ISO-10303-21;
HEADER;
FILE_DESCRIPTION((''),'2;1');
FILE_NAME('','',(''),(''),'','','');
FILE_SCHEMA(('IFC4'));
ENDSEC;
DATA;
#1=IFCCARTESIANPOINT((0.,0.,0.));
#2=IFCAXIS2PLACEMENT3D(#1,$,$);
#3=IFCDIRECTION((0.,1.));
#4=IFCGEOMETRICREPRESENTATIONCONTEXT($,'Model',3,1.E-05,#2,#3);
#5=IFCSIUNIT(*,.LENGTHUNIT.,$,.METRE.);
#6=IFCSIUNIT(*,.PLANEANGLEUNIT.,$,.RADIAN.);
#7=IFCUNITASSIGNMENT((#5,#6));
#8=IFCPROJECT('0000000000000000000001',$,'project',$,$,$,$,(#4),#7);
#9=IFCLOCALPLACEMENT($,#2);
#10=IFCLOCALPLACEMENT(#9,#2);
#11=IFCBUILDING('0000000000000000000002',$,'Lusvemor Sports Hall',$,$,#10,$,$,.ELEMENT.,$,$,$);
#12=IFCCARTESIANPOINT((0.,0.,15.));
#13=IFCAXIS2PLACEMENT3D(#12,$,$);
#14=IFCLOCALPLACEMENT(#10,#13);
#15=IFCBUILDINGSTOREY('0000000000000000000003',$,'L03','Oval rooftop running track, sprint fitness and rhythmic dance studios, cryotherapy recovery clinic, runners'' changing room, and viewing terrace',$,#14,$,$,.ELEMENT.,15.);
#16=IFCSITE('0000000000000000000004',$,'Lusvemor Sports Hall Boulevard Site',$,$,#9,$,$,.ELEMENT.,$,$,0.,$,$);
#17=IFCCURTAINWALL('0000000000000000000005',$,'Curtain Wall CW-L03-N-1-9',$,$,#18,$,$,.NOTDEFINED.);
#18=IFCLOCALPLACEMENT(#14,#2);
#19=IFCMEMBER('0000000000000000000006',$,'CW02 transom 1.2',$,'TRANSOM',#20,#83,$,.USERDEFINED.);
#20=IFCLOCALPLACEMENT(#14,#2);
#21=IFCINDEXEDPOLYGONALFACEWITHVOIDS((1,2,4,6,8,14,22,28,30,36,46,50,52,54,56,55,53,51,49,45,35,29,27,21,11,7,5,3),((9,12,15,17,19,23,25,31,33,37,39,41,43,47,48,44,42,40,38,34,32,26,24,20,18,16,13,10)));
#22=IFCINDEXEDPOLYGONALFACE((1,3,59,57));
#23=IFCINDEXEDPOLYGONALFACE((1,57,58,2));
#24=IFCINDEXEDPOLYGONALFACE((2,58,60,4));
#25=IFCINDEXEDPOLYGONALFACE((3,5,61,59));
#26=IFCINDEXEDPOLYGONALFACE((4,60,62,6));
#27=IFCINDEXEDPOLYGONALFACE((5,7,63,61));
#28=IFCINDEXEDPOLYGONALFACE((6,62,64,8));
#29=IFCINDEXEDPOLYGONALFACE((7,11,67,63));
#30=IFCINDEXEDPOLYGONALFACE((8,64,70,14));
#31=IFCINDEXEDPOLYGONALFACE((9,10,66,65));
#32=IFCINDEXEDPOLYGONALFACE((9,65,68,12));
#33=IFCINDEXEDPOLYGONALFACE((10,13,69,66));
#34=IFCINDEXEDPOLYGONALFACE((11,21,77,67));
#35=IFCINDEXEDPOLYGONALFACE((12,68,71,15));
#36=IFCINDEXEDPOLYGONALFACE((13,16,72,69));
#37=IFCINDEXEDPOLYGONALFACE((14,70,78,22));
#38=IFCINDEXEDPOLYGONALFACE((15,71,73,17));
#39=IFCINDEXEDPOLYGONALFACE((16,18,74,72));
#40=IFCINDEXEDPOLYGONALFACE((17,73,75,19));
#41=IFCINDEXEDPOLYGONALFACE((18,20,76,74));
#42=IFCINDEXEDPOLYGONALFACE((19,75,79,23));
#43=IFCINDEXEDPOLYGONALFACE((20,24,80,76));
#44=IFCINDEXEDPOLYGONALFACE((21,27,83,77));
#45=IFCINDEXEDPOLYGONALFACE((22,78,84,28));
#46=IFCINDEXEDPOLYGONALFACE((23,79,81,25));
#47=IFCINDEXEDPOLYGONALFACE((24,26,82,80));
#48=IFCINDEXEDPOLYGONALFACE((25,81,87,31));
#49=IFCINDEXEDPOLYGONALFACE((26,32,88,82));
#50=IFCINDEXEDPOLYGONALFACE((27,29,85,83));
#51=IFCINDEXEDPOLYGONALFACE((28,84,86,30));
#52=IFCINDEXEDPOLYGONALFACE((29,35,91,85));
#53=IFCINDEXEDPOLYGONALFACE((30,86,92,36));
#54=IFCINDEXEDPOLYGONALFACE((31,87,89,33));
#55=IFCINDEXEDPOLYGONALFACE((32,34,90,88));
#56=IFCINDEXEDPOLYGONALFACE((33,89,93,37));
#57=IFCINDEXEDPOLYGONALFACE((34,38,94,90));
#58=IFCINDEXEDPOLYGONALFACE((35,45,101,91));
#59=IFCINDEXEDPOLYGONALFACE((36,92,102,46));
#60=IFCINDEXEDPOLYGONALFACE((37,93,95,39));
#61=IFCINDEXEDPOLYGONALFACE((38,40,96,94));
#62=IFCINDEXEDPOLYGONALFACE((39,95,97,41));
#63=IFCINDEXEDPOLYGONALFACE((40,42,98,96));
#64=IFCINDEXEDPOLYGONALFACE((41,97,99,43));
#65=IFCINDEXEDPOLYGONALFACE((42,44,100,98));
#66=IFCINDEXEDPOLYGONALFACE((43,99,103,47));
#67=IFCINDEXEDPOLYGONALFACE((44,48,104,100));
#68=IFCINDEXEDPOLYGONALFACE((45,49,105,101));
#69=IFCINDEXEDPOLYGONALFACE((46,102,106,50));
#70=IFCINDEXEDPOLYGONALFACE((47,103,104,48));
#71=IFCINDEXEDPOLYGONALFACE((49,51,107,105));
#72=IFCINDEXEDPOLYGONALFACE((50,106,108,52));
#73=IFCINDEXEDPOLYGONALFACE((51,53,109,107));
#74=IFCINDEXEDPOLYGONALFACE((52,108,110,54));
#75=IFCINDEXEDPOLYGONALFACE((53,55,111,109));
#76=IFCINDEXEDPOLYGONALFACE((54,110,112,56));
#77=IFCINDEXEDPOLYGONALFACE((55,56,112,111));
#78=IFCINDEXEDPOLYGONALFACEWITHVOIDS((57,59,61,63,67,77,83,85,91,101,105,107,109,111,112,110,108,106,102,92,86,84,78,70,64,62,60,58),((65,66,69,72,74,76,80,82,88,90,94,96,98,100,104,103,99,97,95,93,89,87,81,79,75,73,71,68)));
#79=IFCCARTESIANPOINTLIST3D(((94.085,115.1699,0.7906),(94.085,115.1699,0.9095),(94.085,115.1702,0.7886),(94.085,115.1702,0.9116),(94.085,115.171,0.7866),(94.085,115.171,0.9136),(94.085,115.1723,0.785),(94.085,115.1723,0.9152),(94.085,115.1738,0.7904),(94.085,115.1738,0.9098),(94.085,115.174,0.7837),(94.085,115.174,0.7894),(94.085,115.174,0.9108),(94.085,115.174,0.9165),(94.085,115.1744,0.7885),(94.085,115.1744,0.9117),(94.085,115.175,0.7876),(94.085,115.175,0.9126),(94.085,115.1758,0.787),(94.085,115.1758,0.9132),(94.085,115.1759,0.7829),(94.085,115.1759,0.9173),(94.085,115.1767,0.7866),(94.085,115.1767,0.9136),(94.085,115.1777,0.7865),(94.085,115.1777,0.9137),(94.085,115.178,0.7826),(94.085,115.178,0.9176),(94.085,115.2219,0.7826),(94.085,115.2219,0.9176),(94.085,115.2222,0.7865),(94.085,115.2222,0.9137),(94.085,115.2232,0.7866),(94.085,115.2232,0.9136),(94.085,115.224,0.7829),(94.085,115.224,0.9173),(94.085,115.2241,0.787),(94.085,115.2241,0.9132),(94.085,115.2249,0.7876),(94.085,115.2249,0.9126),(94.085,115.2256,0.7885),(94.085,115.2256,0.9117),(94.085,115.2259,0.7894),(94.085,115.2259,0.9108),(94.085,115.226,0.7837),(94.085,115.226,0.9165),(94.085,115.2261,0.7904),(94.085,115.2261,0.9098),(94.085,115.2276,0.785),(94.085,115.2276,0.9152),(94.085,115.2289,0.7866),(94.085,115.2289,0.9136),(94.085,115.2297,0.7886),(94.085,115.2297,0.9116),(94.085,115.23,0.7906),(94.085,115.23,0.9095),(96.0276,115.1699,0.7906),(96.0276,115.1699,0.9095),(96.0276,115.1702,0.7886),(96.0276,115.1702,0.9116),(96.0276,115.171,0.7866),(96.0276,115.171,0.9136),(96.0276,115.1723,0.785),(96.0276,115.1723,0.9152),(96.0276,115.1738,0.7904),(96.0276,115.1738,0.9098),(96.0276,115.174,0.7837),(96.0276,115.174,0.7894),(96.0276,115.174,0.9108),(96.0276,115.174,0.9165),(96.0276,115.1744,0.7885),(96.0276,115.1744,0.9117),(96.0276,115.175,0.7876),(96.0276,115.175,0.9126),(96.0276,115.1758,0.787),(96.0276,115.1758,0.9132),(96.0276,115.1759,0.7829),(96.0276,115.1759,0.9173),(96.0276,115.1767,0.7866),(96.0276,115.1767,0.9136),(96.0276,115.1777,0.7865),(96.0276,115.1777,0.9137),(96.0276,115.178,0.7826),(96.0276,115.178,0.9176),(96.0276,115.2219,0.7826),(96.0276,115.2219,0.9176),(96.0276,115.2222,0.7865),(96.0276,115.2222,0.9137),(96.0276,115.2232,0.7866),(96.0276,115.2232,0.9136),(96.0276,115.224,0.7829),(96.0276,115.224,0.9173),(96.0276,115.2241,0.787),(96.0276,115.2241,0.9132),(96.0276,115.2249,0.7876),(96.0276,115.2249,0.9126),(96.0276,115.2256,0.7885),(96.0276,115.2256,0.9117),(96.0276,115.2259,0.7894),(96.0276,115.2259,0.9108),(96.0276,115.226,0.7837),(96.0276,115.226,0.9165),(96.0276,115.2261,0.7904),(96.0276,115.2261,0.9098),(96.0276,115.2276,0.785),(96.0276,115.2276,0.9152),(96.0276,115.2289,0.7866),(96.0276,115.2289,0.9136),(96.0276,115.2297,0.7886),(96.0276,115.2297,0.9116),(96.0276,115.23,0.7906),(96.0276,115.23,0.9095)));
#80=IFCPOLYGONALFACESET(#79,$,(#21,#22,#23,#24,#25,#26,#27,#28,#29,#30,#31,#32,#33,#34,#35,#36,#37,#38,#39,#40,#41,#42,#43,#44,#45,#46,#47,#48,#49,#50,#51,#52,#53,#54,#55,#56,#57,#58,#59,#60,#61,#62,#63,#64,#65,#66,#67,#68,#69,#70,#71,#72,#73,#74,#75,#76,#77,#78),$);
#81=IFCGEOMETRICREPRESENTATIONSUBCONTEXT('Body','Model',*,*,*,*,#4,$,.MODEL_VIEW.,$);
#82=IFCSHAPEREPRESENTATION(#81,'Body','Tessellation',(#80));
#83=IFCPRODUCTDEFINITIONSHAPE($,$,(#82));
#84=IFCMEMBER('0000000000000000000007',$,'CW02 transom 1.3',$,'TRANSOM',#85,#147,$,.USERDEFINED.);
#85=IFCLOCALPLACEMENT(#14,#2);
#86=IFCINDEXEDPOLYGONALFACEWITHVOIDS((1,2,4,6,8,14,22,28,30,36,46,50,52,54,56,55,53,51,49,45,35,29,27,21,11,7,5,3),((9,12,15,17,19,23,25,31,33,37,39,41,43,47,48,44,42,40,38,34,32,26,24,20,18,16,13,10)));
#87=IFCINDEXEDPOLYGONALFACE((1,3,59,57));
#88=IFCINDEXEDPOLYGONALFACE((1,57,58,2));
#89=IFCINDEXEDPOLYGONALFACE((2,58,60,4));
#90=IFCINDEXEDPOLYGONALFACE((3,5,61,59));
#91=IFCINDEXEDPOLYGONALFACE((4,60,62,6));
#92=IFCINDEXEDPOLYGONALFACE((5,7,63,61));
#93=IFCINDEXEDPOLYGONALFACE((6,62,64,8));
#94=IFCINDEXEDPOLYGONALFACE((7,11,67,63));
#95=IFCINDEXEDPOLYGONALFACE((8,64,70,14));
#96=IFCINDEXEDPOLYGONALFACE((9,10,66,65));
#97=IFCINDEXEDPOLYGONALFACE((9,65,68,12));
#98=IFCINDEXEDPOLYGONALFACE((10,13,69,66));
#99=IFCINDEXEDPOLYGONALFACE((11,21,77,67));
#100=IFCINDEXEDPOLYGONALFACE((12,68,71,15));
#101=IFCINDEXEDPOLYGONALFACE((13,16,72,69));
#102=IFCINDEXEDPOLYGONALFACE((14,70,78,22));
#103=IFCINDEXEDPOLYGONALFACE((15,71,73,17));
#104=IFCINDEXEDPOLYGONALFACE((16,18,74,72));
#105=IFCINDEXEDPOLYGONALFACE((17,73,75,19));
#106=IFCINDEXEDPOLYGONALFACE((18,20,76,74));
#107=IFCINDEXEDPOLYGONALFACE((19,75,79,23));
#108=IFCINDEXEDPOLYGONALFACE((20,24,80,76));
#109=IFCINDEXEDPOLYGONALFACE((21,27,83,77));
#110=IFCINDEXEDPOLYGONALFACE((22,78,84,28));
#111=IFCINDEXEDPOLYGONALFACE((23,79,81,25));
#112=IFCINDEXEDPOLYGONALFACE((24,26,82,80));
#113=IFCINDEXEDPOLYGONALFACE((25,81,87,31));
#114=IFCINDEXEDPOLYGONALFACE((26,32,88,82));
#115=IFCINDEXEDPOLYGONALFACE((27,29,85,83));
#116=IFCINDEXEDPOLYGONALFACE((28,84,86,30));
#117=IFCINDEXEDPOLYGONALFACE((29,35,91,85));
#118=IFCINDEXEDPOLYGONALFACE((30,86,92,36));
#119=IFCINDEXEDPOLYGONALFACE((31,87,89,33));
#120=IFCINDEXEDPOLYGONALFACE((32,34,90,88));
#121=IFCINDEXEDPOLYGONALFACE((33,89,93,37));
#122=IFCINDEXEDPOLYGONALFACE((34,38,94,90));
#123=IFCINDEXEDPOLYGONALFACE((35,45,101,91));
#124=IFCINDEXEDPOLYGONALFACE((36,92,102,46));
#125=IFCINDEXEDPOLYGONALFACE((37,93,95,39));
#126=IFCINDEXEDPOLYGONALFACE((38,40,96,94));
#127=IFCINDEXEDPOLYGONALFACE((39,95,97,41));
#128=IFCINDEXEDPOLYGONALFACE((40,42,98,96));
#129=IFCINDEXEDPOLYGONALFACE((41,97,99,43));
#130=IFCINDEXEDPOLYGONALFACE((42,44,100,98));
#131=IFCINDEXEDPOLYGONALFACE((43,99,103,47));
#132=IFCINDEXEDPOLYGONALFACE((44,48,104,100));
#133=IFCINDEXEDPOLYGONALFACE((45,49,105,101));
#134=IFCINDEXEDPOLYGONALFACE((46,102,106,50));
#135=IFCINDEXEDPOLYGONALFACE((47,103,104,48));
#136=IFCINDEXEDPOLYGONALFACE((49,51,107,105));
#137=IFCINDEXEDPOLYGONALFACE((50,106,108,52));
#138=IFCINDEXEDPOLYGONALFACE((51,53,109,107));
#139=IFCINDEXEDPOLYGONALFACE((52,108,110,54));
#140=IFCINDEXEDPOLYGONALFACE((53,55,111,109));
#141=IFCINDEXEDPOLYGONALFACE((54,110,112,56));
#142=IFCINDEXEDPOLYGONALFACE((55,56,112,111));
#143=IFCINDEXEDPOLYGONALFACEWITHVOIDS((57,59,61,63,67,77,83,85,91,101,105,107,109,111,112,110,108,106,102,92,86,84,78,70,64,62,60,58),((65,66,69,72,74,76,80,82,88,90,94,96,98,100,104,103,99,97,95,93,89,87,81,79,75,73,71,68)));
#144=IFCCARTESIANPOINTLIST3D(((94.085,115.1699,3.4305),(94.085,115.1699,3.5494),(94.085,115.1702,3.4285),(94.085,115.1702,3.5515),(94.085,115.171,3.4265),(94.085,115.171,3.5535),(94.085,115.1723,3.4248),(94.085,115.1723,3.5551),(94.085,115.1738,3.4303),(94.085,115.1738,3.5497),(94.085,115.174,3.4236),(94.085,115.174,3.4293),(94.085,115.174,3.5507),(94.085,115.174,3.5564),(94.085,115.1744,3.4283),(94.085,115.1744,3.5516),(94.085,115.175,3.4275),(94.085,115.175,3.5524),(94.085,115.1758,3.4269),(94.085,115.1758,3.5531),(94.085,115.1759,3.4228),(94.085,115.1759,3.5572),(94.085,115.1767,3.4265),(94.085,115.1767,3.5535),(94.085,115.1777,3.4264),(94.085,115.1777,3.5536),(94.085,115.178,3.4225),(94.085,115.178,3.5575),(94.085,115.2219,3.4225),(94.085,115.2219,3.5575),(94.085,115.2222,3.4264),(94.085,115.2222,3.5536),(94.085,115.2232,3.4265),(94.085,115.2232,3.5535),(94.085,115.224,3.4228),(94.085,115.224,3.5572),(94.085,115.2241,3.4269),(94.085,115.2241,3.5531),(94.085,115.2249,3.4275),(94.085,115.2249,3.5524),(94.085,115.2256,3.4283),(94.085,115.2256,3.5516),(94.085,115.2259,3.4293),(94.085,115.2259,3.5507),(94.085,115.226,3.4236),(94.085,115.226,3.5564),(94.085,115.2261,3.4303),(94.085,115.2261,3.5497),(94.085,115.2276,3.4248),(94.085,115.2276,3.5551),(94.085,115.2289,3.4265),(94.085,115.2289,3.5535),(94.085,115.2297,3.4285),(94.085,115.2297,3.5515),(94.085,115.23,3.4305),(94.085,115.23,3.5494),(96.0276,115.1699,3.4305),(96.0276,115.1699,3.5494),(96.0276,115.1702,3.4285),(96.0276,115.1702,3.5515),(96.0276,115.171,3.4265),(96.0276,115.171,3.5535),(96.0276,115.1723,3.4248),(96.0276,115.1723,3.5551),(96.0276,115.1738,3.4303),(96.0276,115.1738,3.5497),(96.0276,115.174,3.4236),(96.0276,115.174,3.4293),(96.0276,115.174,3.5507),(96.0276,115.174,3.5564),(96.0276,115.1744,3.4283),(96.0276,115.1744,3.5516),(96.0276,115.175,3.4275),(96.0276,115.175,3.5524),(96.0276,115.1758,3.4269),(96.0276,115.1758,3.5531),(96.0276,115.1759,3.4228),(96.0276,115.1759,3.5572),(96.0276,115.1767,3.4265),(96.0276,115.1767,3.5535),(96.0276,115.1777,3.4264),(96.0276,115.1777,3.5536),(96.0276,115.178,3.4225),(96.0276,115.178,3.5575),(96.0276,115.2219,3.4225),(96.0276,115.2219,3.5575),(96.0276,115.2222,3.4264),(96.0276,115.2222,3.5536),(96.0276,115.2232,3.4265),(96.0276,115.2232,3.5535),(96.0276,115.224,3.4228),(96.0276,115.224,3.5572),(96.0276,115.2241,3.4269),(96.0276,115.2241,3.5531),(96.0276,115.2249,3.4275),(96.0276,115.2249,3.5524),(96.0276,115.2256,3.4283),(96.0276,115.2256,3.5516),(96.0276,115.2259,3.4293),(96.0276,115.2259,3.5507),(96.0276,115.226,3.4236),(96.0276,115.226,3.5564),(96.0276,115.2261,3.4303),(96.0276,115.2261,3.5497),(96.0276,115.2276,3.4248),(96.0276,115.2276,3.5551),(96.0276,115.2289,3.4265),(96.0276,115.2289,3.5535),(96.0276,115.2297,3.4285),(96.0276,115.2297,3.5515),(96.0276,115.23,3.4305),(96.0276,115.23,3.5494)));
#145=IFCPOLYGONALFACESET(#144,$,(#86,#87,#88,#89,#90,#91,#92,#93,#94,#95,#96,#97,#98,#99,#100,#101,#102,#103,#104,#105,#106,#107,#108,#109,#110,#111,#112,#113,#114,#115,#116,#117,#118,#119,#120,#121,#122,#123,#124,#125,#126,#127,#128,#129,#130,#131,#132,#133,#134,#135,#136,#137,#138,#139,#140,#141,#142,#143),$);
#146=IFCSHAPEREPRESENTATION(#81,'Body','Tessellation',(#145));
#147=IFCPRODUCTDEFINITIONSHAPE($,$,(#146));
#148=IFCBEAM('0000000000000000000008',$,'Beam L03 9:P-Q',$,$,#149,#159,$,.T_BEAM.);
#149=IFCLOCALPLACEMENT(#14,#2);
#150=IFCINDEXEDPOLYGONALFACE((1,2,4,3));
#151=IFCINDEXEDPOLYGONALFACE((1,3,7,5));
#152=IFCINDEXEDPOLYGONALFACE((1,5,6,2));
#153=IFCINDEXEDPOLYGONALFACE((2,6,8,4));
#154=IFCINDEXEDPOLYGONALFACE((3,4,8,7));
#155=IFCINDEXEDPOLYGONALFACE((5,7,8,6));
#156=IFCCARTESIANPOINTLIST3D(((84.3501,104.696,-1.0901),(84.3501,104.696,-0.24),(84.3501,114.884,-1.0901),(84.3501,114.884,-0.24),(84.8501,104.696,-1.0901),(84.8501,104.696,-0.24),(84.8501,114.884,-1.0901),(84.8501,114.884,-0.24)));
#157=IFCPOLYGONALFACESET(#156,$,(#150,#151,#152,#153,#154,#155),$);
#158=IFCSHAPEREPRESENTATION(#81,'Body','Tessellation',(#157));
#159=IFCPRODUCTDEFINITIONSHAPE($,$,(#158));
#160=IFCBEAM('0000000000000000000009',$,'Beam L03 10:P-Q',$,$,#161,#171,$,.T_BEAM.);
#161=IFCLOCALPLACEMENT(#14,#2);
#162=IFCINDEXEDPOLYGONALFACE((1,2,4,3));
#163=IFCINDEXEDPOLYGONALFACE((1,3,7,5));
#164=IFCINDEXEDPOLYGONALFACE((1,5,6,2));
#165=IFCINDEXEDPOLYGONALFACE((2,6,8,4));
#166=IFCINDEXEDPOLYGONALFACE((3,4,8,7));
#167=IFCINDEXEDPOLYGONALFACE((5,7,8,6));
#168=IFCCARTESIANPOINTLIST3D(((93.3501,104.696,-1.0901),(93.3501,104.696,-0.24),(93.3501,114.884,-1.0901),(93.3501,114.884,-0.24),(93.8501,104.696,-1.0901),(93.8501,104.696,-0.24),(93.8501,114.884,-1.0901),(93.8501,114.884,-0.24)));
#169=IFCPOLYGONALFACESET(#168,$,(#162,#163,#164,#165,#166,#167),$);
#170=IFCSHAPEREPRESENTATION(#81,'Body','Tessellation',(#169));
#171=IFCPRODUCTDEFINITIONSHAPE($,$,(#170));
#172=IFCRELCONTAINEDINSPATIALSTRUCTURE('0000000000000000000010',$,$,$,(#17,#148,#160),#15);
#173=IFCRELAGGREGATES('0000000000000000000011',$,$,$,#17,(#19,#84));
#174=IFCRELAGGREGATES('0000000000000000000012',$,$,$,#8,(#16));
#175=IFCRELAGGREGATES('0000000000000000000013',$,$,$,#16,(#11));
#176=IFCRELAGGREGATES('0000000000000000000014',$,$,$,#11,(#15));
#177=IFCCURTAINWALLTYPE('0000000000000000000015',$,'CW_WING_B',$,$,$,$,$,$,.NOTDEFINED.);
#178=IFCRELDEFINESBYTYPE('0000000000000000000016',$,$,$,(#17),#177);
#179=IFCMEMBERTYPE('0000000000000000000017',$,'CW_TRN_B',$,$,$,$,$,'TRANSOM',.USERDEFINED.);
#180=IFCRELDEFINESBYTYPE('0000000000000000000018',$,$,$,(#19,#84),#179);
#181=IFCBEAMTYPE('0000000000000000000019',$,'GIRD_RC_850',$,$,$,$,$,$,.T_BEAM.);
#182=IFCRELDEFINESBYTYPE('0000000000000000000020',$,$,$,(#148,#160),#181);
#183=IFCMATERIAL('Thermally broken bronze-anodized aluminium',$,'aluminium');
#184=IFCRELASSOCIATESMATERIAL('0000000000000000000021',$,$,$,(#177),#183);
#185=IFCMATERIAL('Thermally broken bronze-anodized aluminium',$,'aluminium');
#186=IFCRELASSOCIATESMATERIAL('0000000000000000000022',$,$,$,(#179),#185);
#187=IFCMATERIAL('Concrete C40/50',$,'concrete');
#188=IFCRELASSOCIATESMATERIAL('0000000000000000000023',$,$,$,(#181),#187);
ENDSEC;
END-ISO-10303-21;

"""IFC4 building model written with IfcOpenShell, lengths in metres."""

from ifc_helpers import new_model, si_unit, direction, frame, origin, origin_2d, place, context, subcontext, project, spatial, rectangle, hollow_rectangle, extrude, material, material_profile, profile_set, type_object, element, aggregate, save


model = new_model("IFC4")

# Units and contexts
model_context = context("Model", 3, precision=1e-05, world=origin(), true_north=direction((0.0, 1.0)))
body_context = subcontext(model_context, "Body", "Model", "MODEL_VIEW")
ifc_project = project(units=[si_unit("LENGTHUNIT", "METRE"), si_unit("PLANEANGLEUNIT", "RADIAN")], contexts=[model_context])

# Site, building, storey
site_placement = place(None, origin())
site = spatial("IfcSite", under=ifc_project, at=site_placement, Name="Lusvemor Sports Hall Boulevard Site", CompositionType="ELEMENT", RefElevation=0.0)
building_placement = place(site_placement, origin())
building = spatial("IfcBuilding", under=site, at=building_placement, Name="Lusvemor Sports Hall", CompositionType="ELEMENT")
storey_placement = place(building_placement, frame((0.0, 0.0, 15.0)))
storey = spatial("IfcBuildingStorey", under=building, at=storey_placement, Name="L03", Description="Oval rooftop running track, sprint fitness and rhythmic dance studios, cryotherapy recovery clinic, runners' changing room, and viewing terrace", CompositionType="ELEMENT", Elevation=15.0)

# Curtain wall, members
ifc_material_1 = material(Name="Thermally broken bronze-anodized aluminium", Category="aluminium")
curtain_wall_type = type_object("IfcCurtainWallType", Name="CW_WING_B", PredefinedType="NOTDEFINED", material=ifc_material_1)
curtain_wall_placement = place(storey_placement, origin())
curtain_wall = element("IfcCurtainWall", 1, at=curtain_wall_placement, inside=storey, type_object=curtain_wall_type, Name="Curtain Wall CW-L03-N-1-9", PredefinedType="NOTDEFINED")
ifc_material_2 = material(Name="Thermally broken bronze-anodized aluminium", Category="aluminium")
ifc_material_profile_1 = material_profile(ifc_material_2, hollow_rectangle(XDim=0.0601, YDim=0.135, WallThickness=0.0039, InnerFilletRadius=0.0039, OuterFilletRadius=0.0081, at=origin_2d()), Name="CWTRN135x60x4")
ifc_profile_set_1 = profile_set([ifc_material_profile_1], Name="Thermally broken bronze-anodized aluminium")
member_type_1 = type_object("IfcMemberType", Name="CW_TRN_B", ElementType="TRANSOM", PredefinedType="USERDEFINED", material=ifc_profile_set_1)
member_1_placement = place(storey_placement, frame((94.085, 115.2, 0.8501), z_axis=(1.0, 0.0, 0.0), x_axis=(0.0, 1.0, 0.0)))
member_1 = element("IfcMember", 2, at=member_1_placement, type_object=member_type_1, Name="CW02 transom 1.2", ObjectType="TRANSOM", PredefinedType="USERDEFINED", context=body_context, shape_type="SweptSolid", body=[
    extrude(hollow_rectangle(XDim=0.0601, YDim=0.135, WallThickness=0.0039, InnerFilletRadius=0.0039, OuterFilletRadius=0.0081, at=origin_2d()), origin(), (0.0, 0.0, 1.0), 1.9426),
])
member_2_placement = place(storey_placement, frame((94.085, 115.2, 3.49), z_axis=(1.0, 0.0, 0.0), x_axis=(0.0, 1.0, 0.0)))
member_2 = element("IfcMember", 3, at=member_2_placement, type_object=member_type_1, Name="CW02 transom 1.3", ObjectType="TRANSOM", PredefinedType="USERDEFINED", context=body_context, shape_type="SweptSolid", body=[
    extrude(hollow_rectangle(XDim=0.0601, YDim=0.135, WallThickness=0.0039, InnerFilletRadius=0.0039, OuterFilletRadius=0.0081, at=origin_2d()), origin(), (0.0, 0.0, 1.0), 1.9426),
])

# Beams
ifc_material_3 = material(Name="Concrete C40/50", Category="concrete")
ifc_material_profile_2 = material_profile(ifc_material_3, rectangle(XDim=0.5, YDim=0.8501, at=origin_2d()), Name="RC500x850")
ifc_profile_set_2 = profile_set([ifc_material_profile_2], Name="Concrete C40/50")
beam_type_1 = type_object("IfcBeamType", Name="GIRD_RC_850", PredefinedType="T_BEAM", material=ifc_profile_set_2)
for number, where, z_axis, x_axis, name in (
    (4, (84.6001, 104.696, -0.665), (0.0, 1.0, 0.0), (-1.0, 0.0, 0.0), "Beam L03 9:P-Q"),
    (5, (93.6001, 104.696, -0.665), (0.0, 1.0, 0.0), (-1.0, 0.0, 0.0), "Beam L03 10:P-Q"),
):
    element("IfcBeam", number, at=place(storey_placement, frame(where, z_axis=z_axis, x_axis=x_axis)), inside=storey, type_object=beam_type_1, Name=name, PredefinedType="T_BEAM", context=body_context, shape_type="SweptSolid", body=[
        extrude(rectangle(XDim=0.5, YDim=0.8501, at=origin_2d()), origin(), (0.0, 0.0, 1.0), 10.188),
    ])

aggregate(curtain_wall, [member_1, member_2])

save(model, "model.ifc")
